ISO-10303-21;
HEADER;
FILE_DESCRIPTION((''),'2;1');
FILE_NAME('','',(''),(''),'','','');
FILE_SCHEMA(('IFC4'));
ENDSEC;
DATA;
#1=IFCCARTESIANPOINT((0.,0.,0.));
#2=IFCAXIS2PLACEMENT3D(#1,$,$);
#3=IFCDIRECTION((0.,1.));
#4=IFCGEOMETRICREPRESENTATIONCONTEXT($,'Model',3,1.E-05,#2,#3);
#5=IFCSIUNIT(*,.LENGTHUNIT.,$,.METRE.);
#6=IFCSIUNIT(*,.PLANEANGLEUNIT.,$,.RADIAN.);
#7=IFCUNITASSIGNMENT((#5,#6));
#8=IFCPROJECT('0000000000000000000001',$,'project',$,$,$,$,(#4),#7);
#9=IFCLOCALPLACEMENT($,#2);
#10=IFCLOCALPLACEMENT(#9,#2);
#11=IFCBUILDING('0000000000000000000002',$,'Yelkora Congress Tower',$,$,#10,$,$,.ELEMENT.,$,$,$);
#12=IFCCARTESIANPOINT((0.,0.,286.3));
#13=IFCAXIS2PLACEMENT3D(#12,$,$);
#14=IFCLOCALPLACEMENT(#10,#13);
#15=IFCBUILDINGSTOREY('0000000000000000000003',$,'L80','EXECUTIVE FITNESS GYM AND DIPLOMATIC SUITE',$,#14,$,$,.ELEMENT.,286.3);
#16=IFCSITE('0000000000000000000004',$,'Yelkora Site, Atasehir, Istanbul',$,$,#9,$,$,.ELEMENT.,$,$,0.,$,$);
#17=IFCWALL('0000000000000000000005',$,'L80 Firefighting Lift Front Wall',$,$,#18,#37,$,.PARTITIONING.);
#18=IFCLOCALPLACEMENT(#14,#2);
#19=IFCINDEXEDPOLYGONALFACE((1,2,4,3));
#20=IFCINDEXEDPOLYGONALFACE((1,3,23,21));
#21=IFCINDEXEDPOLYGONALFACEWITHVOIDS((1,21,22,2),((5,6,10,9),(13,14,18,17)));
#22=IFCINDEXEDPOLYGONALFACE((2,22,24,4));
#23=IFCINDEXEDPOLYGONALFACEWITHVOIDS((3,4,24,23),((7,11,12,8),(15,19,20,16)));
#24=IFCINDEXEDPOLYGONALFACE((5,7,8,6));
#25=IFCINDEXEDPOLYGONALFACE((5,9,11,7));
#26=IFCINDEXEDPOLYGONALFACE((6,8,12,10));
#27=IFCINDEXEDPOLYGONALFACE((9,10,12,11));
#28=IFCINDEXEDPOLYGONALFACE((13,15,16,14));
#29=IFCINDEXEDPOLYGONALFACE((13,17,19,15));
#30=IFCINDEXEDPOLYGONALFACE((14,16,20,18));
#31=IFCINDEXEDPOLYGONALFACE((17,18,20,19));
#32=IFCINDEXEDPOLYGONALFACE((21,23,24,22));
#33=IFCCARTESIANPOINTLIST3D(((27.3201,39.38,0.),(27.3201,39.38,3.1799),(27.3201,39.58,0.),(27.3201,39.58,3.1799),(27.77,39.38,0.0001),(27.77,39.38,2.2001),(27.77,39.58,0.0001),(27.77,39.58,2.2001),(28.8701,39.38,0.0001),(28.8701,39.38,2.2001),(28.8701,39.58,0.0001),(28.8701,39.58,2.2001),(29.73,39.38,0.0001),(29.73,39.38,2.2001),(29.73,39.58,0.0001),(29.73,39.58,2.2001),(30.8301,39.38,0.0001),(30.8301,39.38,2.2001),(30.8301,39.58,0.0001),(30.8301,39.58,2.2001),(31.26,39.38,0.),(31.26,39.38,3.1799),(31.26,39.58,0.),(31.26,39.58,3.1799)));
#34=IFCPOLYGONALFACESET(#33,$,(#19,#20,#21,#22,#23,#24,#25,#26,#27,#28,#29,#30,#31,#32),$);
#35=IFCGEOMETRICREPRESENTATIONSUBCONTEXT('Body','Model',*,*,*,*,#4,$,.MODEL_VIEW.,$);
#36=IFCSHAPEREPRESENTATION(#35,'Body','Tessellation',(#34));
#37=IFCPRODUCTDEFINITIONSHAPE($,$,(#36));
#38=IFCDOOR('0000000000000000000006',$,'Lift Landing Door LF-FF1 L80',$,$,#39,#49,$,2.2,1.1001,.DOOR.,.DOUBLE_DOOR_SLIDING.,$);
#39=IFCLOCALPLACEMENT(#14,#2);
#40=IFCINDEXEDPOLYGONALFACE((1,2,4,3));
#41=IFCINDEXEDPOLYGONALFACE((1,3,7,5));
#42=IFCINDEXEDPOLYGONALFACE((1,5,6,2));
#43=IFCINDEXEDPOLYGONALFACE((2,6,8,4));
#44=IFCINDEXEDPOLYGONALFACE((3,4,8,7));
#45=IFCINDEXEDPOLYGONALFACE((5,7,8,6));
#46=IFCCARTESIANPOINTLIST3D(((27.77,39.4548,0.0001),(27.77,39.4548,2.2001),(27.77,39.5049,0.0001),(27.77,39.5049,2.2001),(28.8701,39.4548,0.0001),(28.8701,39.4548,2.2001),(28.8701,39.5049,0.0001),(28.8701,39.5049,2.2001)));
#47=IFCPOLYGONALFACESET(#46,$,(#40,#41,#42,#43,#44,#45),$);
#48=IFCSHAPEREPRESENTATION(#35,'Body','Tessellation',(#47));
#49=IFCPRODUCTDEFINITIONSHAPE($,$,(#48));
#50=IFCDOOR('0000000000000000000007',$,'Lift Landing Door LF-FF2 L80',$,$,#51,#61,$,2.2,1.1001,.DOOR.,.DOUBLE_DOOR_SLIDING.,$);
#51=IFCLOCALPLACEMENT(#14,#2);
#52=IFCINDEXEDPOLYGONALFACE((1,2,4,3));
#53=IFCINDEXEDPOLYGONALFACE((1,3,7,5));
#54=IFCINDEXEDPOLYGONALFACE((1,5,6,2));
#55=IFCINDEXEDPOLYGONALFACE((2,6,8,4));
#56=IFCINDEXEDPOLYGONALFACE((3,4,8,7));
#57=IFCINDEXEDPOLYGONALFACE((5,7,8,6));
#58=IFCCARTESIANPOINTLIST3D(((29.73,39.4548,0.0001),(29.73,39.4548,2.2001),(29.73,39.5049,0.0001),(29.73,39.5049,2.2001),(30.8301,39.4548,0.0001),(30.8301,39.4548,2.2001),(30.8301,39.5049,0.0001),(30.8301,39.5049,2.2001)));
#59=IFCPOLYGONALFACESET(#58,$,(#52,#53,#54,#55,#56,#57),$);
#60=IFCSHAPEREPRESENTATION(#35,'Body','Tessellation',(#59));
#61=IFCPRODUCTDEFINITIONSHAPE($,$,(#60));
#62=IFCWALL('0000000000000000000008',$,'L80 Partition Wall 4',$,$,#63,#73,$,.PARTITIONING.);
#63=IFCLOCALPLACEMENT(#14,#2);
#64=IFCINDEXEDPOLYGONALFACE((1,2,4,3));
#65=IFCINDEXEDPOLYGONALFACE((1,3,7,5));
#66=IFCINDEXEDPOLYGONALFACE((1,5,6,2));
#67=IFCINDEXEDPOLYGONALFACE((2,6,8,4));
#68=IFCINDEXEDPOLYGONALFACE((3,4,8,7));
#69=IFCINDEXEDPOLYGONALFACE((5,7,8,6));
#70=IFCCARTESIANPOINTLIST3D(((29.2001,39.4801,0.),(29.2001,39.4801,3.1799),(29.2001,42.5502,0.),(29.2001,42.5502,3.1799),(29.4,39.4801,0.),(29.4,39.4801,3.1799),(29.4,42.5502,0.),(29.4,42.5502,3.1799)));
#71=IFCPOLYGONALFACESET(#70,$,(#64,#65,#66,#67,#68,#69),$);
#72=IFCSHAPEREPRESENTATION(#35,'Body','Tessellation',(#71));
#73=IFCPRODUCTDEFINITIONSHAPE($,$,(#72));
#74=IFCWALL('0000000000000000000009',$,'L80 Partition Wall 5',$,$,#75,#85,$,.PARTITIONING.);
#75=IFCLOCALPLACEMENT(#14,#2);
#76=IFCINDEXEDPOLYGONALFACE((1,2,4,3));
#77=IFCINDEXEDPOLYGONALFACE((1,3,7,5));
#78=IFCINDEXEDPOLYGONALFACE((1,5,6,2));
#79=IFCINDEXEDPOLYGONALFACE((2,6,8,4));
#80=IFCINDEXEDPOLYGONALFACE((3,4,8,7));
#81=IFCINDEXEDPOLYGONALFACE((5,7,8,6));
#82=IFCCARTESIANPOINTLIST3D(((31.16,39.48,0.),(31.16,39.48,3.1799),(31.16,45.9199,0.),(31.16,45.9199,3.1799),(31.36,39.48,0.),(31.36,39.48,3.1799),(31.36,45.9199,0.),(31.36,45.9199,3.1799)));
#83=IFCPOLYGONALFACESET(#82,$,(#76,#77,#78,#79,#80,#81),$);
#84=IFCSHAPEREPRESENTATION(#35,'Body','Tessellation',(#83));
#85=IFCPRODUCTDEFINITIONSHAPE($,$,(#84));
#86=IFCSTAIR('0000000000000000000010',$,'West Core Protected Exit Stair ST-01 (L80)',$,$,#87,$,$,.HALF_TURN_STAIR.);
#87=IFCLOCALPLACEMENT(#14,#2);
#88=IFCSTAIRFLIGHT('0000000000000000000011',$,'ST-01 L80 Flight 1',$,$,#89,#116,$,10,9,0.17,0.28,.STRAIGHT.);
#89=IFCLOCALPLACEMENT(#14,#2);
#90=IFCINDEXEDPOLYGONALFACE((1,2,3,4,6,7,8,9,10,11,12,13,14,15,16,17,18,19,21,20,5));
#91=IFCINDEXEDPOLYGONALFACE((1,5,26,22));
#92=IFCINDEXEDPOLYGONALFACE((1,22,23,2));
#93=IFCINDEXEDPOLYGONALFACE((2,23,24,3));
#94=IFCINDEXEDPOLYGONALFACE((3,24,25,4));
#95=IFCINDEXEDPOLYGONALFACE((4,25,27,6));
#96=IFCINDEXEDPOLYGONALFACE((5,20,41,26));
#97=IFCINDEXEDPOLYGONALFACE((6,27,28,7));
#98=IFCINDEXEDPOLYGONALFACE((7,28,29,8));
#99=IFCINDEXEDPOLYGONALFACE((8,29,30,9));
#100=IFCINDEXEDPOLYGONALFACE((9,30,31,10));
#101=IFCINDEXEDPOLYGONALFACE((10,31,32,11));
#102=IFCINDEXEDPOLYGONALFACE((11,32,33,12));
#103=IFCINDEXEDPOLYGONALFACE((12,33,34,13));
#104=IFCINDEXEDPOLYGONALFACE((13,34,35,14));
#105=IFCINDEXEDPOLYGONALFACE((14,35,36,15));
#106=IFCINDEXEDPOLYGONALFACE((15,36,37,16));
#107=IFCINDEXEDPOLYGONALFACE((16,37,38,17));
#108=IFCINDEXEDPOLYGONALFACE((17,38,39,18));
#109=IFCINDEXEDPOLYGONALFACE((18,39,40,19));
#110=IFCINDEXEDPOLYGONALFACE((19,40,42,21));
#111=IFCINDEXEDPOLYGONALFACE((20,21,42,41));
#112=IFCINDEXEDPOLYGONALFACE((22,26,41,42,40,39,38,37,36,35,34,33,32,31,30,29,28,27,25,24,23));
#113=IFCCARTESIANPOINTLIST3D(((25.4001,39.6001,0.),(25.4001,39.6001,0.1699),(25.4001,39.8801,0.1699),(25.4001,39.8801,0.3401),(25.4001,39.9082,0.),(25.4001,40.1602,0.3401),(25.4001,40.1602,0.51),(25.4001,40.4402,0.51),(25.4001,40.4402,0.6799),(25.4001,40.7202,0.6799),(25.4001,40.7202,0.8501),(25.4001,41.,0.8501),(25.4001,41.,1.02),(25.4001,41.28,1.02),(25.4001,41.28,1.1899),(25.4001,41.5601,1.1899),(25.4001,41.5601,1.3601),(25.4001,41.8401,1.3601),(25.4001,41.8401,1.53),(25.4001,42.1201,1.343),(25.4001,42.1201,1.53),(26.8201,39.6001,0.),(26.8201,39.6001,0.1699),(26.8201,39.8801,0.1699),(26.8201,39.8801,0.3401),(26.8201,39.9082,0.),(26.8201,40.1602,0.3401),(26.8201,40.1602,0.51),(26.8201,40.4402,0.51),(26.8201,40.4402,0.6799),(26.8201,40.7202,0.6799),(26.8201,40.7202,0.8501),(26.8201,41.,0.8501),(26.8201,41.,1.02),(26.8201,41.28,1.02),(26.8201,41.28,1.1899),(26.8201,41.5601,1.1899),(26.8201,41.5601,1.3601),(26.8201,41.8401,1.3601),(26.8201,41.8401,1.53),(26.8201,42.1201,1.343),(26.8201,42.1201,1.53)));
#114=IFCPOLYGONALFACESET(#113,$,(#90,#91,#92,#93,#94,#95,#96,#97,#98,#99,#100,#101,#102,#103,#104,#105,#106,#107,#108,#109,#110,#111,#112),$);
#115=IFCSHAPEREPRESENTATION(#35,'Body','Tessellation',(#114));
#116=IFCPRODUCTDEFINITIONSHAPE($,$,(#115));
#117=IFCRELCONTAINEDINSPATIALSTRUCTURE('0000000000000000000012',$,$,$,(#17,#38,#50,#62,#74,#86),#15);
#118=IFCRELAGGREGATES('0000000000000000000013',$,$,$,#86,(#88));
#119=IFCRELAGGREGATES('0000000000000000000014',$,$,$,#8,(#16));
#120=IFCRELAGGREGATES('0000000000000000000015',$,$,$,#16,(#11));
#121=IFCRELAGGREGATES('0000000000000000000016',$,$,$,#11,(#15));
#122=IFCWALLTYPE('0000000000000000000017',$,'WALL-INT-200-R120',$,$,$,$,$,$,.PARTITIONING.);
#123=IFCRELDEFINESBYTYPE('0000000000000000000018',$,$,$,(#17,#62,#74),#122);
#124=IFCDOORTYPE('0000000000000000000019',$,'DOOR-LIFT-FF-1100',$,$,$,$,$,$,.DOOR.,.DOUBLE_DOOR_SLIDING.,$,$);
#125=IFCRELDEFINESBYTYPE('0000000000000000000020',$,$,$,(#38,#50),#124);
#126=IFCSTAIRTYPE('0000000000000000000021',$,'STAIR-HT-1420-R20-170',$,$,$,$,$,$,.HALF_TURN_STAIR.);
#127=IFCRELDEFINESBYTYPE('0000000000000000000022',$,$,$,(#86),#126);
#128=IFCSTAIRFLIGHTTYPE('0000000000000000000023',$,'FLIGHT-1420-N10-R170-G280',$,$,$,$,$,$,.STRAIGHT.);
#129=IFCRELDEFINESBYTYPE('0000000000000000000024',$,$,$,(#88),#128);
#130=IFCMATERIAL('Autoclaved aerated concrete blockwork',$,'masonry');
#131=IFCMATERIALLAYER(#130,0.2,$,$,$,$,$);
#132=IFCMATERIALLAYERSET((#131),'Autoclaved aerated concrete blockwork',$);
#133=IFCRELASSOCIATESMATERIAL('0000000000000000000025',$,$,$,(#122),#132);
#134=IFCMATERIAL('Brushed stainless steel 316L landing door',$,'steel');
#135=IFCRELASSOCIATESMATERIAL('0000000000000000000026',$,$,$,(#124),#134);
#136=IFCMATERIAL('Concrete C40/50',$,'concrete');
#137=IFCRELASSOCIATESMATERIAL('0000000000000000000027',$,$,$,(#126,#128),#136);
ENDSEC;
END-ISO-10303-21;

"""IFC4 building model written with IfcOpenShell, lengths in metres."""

from ifc_helpers import new_model, si_unit, direction, frame, frame_2d, origin, place, context, subcontext, project, spatial, polyline, rectangle, outline, extrude, material, layer, layer_set, type_object, element, fill, aggregate, save


model = new_model("IFC4")

# Units and contexts
model_context = context("Model", 3, precision=1e-05, world=origin(), true_north=direction((0.0, 1.0)))
body_context = subcontext(model_context, "Body", "Model", "MODEL_VIEW")
ifc_project = project(units=[si_unit("LENGTHUNIT", "METRE"), si_unit("PLANEANGLEUNIT", "RADIAN")], contexts=[model_context])

# Site, building, storey
site_placement = place(None, origin())
site = spatial("IfcSite", under=ifc_project, at=site_placement, Name="Yelkora Site, Atasehir, Istanbul", CompositionType="ELEMENT", RefElevation=0.0)
building_placement = place(site_placement, origin())
building = spatial("IfcBuilding", under=site, at=building_placement, Name="Yelkora Congress Tower", CompositionType="ELEMENT")
storey_placement = place(building_placement, frame((0.0, 0.0, 286.3)))
storey = spatial("IfcBuildingStorey", under=building, at=storey_placement, Name="L80", Description="EXECUTIVE FITNESS GYM AND DIPLOMATIC SUITE", CompositionType="ELEMENT", Elevation=286.3)

# Shared definitions
ifc_material_1 = material(Name="Autoclaved aerated concrete blockwork", Category="masonry")
ifc_layer_1 = layer(ifc_material_1, 0.2)
ifc_layer_set_1 = layer_set([ifc_layer_1], Name="Autoclaved aerated concrete blockwork")
wall_type_1 = type_object("IfcWallType", Name="WALL-INT-200-R120", PredefinedType="PARTITIONING", material=ifc_layer_set_1)

# Wall, openings, doors
wall_1_placement = place(storey_placement, frame((27.3201, 39.48, 0.0), z_axis=(0.0, 0.0, 1.0), x_axis=(1.0, 0.0, 0.0)))
wall_1 = element("IfcWall", 1, at=wall_1_placement, inside=storey, type_object=wall_type_1, Name="L80 Firefighting Lift Front Wall", PredefinedType="PARTITIONING", context=body_context, shape_type="SweptSolid", body=[
    extrude(rectangle(XDim=3.9399, YDim=0.2, at=frame_2d((1.97, 0.0))), origin(), (0.0, 0.0, 1.0), 3.1799),
])
opening_1_placement = place(wall_1_placement, frame((0.45, 0.0, 0.0)))
opening_1 = element("IfcOpeningElement", 2, at=opening_1_placement, cuts=wall_1, PredefinedType="OPENING", context=body_context, shape_type="SweptSolid", body=[
    extrude(rectangle(XDim=1.1001, YDim=2.2, at=frame_2d((0.55, 1.1001))), frame((0.0, 0.1099, 0.0), z_axis=(0.0, -1.0, 0.0), x_axis=(1.0, 0.0, 0.0)), (0.0, 0.0, 1.0), 0.22),
])
opening_2_placement = place(wall_1_placement, frame((2.4099, 0.0, 0.0)))
opening_2 = element("IfcOpeningElement", 3, at=opening_2_placement, cuts=wall_1, PredefinedType="OPENING", context=body_context, shape_type="SweptSolid", body=[
    extrude(rectangle(XDim=1.1001, YDim=2.2, at=frame_2d((0.55, 1.1001))), frame((0.0, 0.1099, 0.0), z_axis=(0.0, -1.0, 0.0), x_axis=(1.0, 0.0, 0.0)), (0.0, 0.0, 1.0), 0.22),
])
ifc_material_2 = material(Name="Brushed stainless steel 316L landing door", Category="steel")
door_type_1 = type_object("IfcDoorType", Name="DOOR-LIFT-FF-1100", OperationType="DOUBLE_DOOR_SLIDING", PredefinedType="DOOR", material=ifc_material_2)
door_1_placement = place(opening_1_placement, origin())
door_1 = element("IfcDoor", 4, at=door_1_placement, inside=storey, type_object=door_type_1, Name="Lift Landing Door LF-FF1 L80", OperationType="DOUBLE_DOOR_SLIDING", OverallHeight=2.2, OverallWidth=1.1001, PredefinedType="DOOR", context=body_context, shape_type="SweptSolid", body=[
    extrude(rectangle(XDim=1.1001, YDim=2.2, at=frame_2d((0.55, 1.1001))), frame((0.0, 0.0249, 0.0), z_axis=(0.0, -1.0, 0.0), x_axis=(1.0, 0.0, 0.0)), (0.0, 0.0, 1.0), 0.05),
])
fill(opening_1, door_1)
door_2_placement = place(opening_2_placement, origin())
door_2 = element("IfcDoor", 5, at=door_2_placement, inside=storey, type_object=door_type_1, Name="Lift Landing Door LF-FF2 L80", OperationType="DOUBLE_DOOR_SLIDING", OverallHeight=2.2, OverallWidth=1.1001, PredefinedType="DOOR", context=body_context, shape_type="SweptSolid", body=[
    extrude(rectangle(XDim=1.1001, YDim=2.2, at=frame_2d((0.55, 1.1001))), frame((0.0, 0.0249, 0.0), z_axis=(0.0, -1.0, 0.0), x_axis=(1.0, 0.0, 0.0)), (0.0, 0.0, 1.0), 0.05),
])
fill(opening_2, door_2)

# Walls
wall_2_placement = place(storey_placement, frame((29.3, 39.48, 0.0), z_axis=(0.0, 0.0, 1.0), x_axis=(0.0, 1.0, 0.0)))
element("IfcWall", 6, at=wall_2_placement, inside=storey, type_object=wall_type_1, Name="L80 Partition Wall 4", PredefinedType="PARTITIONING", context=body_context, shape_type="SweptSolid", body=[
    extrude(rectangle(XDim=3.0701, YDim=0.2, at=frame_2d((1.5352, 0.0))), origin(), (0.0, 0.0, 1.0), 3.1799),
])
wall_3_placement = place(storey_placement, frame((31.26, 39.48, 0.0), z_axis=(0.0, 0.0, 1.0), x_axis=(0.0, 1.0, 0.0)))
element("IfcWall", 7, at=wall_3_placement, inside=storey, type_object=wall_type_1, Name="L80 Partition Wall 5", PredefinedType="PARTITIONING", context=body_context, shape_type="SweptSolid", body=[
    extrude(rectangle(XDim=6.4399, YDim=0.2, at=frame_2d((3.22, 0.0))), origin(), (0.0, 0.0, 1.0), 3.1799),
])

# Stair, stair flight
ifc_material_3 = material(Name="Concrete C40/50", Category="concrete")
stair_type = type_object("IfcStairType", Name="STAIR-HT-1420-R20-170", PredefinedType="HALF_TURN_STAIR", material=ifc_material_3)
stair_placement = place(storey_placement, origin())
stair = element("IfcStair", 8, at=stair_placement, inside=storey, type_object=stair_type, Name="West Core Protected Exit Stair ST-01 (L80)", PredefinedType="HALF_TURN_STAIR")
stair_flight_type = type_object("IfcStairFlightType", Name="FLIGHT-1420-N10-R170-G280", PredefinedType="STRAIGHT", material=ifc_material_3)
stair_flight_placement = place(storey_placement, frame((26.1101, 39.6001, 0.0), z_axis=(0.0, 0.0, 1.0), x_axis=(0.0, 1.0, 0.0)))
stair_flight = element("IfcStairFlight", 9, at=stair_flight_placement, type_object=stair_flight_type, Name="ST-01 L80 Flight 1", NumberOfRisers=10, NumberOfTreads=9, PredefinedType="STRAIGHT", RiserHeight=0.17, TreadLength=0.28, context=body_context, shape_type="SweptSolid", body=[
    extrude(outline(polyline([(0.0, 0.0), (0.0, 0.1699), (0.28, 0.1699), (0.28, 0.3401), (0.5601, 0.3401), (0.5601, 0.51), (0.8401, 0.51), (0.8401, 0.6799), (1.1201, 0.6799), (1.1201, 0.8501), (1.3999, 0.8501), (1.3999, 1.02), (1.6799, 1.02), (1.6799, 1.1899), (1.96, 1.1899), (1.96, 1.3601), (2.24, 1.3601), (2.24, 1.53), (2.52, 1.53), (2.52, 1.7), (2.52, 1.343), (0.3081, 0.0), (0.0, 0.0)])), frame((0.0, 0.71, 0.0), z_axis=(0.0, -1.0, 0.0), x_axis=(1.0, 0.0, 0.0)), (0.0, 0.0, 1.0), 1.4199),
])
aggregate(stair, [stair_flight])

save(model, "model.ifc")
